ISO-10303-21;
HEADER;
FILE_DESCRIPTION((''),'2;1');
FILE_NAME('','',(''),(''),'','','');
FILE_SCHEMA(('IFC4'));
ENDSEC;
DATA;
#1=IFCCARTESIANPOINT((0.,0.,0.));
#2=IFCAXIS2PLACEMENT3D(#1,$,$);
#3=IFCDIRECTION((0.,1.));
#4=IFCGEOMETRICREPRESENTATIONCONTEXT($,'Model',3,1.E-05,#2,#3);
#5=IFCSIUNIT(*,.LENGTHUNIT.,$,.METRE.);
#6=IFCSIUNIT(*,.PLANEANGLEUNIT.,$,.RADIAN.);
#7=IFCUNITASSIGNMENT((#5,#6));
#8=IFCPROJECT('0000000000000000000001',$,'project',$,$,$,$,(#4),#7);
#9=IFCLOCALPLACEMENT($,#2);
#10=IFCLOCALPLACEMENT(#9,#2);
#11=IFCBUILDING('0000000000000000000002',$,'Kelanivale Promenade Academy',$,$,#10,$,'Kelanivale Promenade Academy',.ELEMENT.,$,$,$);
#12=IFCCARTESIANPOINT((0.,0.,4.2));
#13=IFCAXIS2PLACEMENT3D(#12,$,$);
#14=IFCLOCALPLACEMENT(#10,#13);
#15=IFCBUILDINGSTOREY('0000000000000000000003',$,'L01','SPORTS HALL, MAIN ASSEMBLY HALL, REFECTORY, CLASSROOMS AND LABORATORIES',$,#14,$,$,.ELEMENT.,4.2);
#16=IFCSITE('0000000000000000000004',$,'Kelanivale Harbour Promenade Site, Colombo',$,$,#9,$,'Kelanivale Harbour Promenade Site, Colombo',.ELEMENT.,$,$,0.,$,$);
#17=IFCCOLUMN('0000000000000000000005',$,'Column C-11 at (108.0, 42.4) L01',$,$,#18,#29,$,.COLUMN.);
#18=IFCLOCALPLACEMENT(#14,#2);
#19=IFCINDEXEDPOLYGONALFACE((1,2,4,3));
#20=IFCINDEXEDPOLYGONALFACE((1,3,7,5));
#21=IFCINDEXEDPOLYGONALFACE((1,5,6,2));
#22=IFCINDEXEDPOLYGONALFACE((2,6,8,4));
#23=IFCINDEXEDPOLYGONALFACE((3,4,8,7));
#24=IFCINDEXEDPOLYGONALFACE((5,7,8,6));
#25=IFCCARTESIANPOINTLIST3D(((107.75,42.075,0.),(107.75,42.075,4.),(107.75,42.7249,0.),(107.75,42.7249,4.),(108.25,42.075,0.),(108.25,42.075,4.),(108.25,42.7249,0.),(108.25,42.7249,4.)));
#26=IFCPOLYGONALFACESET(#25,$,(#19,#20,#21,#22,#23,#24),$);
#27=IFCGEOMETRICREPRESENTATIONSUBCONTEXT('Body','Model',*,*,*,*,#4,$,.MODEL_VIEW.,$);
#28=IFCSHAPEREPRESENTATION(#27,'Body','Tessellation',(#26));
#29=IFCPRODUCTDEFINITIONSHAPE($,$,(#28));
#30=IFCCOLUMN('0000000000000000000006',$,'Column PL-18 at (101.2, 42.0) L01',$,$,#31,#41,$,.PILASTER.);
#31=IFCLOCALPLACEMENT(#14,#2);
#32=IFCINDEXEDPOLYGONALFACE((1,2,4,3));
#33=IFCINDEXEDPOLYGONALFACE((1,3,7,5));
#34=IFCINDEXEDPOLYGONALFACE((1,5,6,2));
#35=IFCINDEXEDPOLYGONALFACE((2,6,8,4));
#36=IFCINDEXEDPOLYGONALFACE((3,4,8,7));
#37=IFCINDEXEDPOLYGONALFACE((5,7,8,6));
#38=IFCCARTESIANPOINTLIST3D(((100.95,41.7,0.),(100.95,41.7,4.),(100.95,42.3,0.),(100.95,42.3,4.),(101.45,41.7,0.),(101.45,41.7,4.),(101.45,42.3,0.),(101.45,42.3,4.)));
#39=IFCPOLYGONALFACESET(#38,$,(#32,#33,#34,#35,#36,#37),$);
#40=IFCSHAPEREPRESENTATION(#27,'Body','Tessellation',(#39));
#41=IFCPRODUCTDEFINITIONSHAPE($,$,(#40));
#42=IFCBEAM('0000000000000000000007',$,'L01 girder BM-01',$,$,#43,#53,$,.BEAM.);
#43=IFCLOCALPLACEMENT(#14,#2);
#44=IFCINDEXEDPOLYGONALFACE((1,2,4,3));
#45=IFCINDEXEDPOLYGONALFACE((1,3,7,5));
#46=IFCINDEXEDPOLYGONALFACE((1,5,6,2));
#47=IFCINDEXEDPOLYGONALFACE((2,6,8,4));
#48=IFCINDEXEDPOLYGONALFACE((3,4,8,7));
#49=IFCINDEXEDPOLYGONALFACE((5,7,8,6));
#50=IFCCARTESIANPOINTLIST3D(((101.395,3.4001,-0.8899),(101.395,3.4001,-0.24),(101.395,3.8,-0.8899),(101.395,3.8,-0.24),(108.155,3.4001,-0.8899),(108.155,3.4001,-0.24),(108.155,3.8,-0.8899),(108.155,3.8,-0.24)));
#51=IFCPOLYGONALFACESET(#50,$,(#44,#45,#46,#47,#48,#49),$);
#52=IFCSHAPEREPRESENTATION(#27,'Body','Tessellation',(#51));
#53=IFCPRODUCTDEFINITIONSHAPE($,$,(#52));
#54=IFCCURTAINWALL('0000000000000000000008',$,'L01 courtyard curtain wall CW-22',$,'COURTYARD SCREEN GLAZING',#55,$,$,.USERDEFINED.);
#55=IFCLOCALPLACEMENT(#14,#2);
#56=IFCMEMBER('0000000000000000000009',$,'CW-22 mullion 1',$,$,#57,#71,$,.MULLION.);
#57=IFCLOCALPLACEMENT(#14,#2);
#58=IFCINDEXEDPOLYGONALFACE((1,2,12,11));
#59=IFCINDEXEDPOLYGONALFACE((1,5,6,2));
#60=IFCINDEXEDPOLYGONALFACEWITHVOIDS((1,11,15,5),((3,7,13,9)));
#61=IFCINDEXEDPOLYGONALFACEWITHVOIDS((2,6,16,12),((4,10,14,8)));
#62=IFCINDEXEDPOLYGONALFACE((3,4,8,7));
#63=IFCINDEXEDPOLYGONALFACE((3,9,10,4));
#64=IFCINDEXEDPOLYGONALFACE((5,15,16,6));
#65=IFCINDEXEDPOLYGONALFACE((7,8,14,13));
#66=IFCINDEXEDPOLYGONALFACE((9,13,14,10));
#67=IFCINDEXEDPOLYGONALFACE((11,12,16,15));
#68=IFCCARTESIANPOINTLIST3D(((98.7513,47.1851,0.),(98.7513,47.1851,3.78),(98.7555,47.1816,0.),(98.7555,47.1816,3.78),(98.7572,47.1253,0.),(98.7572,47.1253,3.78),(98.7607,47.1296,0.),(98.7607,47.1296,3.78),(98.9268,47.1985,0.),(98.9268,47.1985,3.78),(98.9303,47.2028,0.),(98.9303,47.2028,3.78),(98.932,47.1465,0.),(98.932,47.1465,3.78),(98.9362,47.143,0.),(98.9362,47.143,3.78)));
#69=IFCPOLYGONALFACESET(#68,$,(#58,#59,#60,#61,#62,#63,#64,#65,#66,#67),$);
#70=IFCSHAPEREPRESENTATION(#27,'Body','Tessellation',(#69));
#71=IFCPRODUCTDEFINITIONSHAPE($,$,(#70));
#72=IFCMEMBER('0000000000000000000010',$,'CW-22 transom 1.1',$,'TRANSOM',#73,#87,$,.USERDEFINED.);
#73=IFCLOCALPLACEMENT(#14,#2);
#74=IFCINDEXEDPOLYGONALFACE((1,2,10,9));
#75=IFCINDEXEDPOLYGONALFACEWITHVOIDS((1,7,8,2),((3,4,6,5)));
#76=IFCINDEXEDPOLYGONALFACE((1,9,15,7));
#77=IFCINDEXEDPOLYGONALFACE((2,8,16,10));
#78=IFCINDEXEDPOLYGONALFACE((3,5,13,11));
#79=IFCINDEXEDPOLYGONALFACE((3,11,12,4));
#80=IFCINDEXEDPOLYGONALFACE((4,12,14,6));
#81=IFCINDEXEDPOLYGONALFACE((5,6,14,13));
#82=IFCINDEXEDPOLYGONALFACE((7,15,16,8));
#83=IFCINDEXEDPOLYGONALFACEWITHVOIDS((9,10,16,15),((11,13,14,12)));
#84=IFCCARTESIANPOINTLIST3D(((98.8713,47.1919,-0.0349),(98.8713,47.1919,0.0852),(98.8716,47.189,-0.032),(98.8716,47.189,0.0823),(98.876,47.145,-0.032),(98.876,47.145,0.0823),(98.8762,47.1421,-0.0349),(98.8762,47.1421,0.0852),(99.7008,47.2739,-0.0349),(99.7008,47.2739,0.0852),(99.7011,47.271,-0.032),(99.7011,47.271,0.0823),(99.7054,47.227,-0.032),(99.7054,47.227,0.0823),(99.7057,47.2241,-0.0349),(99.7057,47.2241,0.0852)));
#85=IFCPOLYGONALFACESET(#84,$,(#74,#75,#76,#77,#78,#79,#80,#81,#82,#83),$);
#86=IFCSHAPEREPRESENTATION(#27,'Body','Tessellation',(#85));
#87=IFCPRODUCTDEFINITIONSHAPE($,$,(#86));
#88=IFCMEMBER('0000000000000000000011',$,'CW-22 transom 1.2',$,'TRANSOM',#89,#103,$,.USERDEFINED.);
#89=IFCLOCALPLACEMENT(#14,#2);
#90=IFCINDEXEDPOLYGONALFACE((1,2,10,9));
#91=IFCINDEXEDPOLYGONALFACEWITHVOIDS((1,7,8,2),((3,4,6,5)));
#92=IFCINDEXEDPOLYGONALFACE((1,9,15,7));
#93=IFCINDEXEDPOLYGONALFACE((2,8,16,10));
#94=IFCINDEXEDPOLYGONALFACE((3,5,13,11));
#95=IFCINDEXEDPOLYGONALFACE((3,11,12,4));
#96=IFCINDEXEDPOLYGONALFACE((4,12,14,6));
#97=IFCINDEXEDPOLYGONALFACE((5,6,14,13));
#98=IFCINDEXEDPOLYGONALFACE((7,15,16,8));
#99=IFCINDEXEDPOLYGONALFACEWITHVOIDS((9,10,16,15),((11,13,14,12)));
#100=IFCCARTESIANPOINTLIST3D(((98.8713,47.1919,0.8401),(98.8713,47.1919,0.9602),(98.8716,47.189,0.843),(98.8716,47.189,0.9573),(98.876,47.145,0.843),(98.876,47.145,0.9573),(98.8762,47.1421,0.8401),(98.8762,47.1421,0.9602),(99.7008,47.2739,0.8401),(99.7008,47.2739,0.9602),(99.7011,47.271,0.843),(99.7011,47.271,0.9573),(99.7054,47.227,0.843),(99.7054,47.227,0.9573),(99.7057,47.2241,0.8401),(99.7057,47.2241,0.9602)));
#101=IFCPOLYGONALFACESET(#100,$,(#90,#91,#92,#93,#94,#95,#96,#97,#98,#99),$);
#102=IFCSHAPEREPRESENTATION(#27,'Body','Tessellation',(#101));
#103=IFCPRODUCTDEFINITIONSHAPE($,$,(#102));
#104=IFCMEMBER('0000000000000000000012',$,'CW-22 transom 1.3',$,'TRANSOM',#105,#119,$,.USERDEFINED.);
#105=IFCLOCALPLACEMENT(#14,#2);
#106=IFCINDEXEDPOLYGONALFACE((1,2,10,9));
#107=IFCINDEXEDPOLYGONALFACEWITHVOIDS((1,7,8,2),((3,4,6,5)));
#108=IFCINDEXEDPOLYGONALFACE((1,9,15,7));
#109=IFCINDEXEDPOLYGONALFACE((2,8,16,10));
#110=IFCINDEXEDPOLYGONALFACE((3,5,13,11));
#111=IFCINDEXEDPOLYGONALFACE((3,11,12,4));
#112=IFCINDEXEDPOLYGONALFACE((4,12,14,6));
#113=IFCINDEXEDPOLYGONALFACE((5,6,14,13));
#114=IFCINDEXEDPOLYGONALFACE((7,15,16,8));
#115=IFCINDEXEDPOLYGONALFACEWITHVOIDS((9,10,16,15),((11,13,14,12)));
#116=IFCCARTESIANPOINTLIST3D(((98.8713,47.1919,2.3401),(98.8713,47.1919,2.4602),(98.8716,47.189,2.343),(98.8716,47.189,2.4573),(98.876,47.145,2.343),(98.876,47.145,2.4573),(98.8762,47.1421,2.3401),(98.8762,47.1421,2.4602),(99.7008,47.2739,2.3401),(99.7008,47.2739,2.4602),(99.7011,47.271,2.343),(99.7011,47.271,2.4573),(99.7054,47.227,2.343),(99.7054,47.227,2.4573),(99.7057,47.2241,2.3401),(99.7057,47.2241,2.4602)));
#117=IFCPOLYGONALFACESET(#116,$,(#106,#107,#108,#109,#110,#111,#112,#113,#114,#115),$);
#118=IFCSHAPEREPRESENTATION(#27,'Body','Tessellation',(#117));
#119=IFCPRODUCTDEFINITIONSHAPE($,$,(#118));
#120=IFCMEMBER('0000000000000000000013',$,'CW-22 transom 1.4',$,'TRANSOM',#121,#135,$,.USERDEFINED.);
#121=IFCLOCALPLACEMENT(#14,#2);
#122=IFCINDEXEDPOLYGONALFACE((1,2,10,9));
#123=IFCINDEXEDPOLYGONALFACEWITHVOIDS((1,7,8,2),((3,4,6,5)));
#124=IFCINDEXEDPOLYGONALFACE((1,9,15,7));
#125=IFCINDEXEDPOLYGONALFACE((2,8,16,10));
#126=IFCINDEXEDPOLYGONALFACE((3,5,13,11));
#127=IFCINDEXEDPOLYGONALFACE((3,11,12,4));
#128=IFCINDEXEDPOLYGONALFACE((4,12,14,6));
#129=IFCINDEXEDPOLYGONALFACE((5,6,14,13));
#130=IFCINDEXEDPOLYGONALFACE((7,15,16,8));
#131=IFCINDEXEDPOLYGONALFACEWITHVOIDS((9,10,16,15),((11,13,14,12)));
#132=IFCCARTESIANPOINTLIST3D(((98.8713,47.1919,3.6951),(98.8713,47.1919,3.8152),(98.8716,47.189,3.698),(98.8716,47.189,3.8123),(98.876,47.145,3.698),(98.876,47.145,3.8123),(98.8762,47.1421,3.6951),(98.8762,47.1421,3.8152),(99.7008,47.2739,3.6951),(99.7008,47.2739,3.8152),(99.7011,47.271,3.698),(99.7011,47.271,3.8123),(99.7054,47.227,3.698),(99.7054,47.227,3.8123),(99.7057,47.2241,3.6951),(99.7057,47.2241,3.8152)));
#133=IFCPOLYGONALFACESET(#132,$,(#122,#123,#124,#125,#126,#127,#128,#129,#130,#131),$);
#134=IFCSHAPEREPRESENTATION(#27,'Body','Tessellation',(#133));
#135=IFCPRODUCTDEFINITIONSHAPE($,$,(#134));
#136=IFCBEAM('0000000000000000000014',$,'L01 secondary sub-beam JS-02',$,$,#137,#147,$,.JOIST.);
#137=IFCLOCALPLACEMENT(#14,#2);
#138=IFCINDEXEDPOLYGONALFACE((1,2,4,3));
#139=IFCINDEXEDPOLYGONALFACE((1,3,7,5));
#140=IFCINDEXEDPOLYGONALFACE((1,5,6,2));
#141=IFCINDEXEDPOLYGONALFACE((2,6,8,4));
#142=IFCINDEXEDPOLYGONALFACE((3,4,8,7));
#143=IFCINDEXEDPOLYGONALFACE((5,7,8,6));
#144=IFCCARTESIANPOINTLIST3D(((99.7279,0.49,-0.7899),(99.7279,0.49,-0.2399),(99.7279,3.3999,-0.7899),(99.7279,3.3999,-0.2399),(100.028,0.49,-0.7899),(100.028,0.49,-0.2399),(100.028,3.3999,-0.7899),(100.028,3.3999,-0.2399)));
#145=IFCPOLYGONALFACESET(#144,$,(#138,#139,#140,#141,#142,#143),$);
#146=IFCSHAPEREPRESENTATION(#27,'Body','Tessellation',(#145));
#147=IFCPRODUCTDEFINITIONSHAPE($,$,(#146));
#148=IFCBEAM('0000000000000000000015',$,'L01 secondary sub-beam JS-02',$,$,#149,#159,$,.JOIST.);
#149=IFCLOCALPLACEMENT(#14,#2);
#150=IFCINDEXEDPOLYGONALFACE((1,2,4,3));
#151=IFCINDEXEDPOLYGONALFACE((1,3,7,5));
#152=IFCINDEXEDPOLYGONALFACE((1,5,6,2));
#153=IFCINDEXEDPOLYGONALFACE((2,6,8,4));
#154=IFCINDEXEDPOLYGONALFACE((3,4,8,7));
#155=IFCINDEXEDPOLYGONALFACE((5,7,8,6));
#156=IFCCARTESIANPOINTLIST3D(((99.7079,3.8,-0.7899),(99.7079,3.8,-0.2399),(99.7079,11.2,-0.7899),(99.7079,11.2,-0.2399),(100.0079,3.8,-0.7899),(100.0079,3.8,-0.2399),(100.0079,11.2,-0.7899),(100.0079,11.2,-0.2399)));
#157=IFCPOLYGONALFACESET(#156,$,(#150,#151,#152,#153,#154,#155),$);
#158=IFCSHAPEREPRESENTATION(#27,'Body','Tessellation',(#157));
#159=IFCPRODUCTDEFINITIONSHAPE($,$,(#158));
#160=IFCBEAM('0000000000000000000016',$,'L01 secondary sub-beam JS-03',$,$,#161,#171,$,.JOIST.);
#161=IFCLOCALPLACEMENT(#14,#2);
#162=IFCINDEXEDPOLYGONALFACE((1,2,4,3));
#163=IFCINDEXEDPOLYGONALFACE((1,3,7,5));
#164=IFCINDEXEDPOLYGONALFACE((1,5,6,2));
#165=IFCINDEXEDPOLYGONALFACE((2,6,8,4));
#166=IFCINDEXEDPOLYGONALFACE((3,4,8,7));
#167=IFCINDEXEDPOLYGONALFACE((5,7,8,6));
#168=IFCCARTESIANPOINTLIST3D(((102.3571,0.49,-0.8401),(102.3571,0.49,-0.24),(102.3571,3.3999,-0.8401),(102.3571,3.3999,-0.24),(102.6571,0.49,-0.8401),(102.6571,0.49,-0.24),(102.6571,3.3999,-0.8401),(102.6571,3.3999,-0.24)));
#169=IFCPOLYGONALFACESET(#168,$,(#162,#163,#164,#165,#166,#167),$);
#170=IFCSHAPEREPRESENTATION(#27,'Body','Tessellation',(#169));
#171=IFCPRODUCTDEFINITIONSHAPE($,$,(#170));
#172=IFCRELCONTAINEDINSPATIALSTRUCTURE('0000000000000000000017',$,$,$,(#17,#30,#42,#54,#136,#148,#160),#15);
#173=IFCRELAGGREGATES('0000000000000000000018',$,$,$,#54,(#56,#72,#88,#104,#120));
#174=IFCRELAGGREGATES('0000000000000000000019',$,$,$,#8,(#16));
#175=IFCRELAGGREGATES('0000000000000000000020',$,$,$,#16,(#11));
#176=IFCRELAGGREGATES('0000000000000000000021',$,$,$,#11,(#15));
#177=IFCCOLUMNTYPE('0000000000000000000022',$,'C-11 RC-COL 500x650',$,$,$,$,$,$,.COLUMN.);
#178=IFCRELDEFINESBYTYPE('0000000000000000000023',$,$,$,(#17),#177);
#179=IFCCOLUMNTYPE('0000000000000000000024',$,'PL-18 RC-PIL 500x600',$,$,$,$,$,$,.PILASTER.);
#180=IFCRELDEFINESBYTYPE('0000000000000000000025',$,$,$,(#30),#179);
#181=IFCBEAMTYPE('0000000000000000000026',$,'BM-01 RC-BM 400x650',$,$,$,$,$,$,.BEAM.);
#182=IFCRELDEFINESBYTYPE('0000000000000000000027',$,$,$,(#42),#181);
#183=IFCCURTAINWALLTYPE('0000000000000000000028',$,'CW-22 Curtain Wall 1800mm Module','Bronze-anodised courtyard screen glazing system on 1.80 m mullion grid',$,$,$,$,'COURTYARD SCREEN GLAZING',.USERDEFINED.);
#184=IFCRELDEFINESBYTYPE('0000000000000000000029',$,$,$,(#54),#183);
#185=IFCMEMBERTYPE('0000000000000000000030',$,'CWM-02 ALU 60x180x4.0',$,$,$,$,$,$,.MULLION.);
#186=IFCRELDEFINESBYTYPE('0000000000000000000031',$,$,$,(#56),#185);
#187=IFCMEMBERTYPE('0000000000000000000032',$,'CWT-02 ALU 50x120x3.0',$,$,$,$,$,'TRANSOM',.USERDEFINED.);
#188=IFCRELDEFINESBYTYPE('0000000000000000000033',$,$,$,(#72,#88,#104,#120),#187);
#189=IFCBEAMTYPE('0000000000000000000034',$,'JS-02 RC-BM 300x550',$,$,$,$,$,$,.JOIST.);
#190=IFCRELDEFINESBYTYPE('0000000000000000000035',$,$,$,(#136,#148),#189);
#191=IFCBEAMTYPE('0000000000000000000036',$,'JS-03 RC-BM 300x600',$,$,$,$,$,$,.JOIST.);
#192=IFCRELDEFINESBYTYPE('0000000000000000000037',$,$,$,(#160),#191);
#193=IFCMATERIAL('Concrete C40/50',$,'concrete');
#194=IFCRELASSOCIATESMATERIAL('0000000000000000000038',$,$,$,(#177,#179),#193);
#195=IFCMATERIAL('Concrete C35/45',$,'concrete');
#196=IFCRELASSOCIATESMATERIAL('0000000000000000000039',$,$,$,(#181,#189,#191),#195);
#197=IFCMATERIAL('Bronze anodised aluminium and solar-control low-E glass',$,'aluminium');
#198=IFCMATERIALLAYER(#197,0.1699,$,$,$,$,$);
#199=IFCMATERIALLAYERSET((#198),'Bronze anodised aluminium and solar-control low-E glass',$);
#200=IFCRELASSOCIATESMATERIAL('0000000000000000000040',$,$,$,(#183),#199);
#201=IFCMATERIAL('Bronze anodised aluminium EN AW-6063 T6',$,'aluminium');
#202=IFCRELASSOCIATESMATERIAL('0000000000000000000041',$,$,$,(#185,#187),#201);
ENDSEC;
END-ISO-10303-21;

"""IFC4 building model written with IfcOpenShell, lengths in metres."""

from ifc_helpers import new_model, si_unit, direction, frame, origin, origin_2d, place, context, subcontext, project, spatial, rectangle, hollow_rectangle, extrude, material, layer, layer_set, material_profile, profile_set, type_object, element, aggregate, save


model = new_model("IFC4")

# Units and contexts
model_context = context("Model", 3, precision=1e-05, world=origin(), true_north=direction((0.0, 1.0)))
body_context = subcontext(model_context, "Body", "Model", "MODEL_VIEW")
ifc_project = project(units=[si_unit("LENGTHUNIT", "METRE"), si_unit("PLANEANGLEUNIT", "RADIAN")], contexts=[model_context])

# Site, building, storey
site_placement = place(None, origin())
site = spatial("IfcSite", under=ifc_project, at=site_placement, Name="Kelanivale Harbour Promenade Site, Colombo", LongName="Kelanivale Harbour Promenade Site, Colombo", CompositionType="ELEMENT", RefElevation=0.0)
building_placement = place(site_placement, origin())
building = spatial("IfcBuilding", under=site, at=building_placement, Name="Kelanivale Promenade Academy", LongName="Kelanivale Promenade Academy", CompositionType="ELEMENT")
storey_placement = place(building_placement, frame((0.0, 0.0, 4.2)))
storey = spatial("IfcBuildingStorey", under=building, at=storey_placement, Name="L01", Description="SPORTS HALL, MAIN ASSEMBLY HALL, REFECTORY, CLASSROOMS AND LABORATORIES", CompositionType="ELEMENT", Elevation=4.2)

# Columns
ifc_material_1 = material(Name="Concrete C40/50", Category="concrete")
ifc_material_profile_1 = material_profile(ifc_material_1, rectangle(XDim=0.5, YDim=0.6499, at=origin_2d()), Name="RC-COL 500x650")
ifc_profile_set_1 = profile_set([ifc_material_profile_1], Name="Concrete C40/50")
column_type_1 = type_object("IfcColumnType", Name="C-11 RC-COL 500x650", PredefinedType="COLUMN", material=ifc_profile_set_1)
column_1_placement = place(storey_placement, frame((108.0, 42.3999, 0.0), z_axis=(0.0, 0.0, 1.0), x_axis=(1.0, 0.0, 0.0)))
element("IfcColumn", 1, at=column_1_placement, inside=storey, type_object=column_type_1, Name="Column C-11 at (108.0, 42.4) L01", PredefinedType="COLUMN", context=body_context, shape_type="SweptSolid", body=[
    extrude(rectangle(XDim=0.5, YDim=0.6499, at=origin_2d()), origin(), (0.0, 0.0, 1.0), 4.0),
])
ifc_material_profile_2 = material_profile(ifc_material_1, rectangle(XDim=0.5, YDim=0.6001, at=origin_2d()), Name="RC-PIL 500x600")
ifc_profile_set_2 = profile_set([ifc_material_profile_2], Name="Concrete C40/50")
column_type_2 = type_object("IfcColumnType", Name="PL-18 RC-PIL 500x600", PredefinedType="PILASTER", material=ifc_profile_set_2)
column_2_placement = place(storey_placement, frame((101.2, 42.0, 0.0), z_axis=(0.0, 0.0, 1.0), x_axis=(1.0, 0.0, 0.0)))
element("IfcColumn", 2, at=column_2_placement, inside=storey, type_object=column_type_2, Name="Column PL-18 at (101.2, 42.0) L01", PredefinedType="PILASTER", context=body_context, shape_type="SweptSolid", body=[
    extrude(rectangle(XDim=0.5, YDim=0.6001, at=origin_2d()), origin(), (0.0, 0.0, 1.0), 4.0),
])

# Beam
ifc_material_2 = material(Name="Concrete C35/45", Category="concrete")
ifc_material_profile_3 = material_profile(ifc_material_2, rectangle(XDim=0.3999, YDim=0.6499, at=origin_2d()), Name="RC-BM 400x650")
ifc_profile_set_3 = profile_set([ifc_material_profile_3], Name="Concrete C35/45")
beam_type_1 = type_object("IfcBeamType", Name="BM-01 RC-BM 400x650", PredefinedType="BEAM", material=ifc_profile_set_3)
beam_1_placement = place(storey_placement, frame((101.395, 3.6001, -0.5649), z_axis=(1.0, 0.0, 0.0), x_axis=(0.0, 1.0, 0.0)))
element("IfcBeam", 3, at=beam_1_placement, inside=storey, type_object=beam_type_1, Name="L01 girder BM-01", PredefinedType="BEAM", context=body_context, shape_type="SweptSolid", body=[
    extrude(rectangle(XDim=0.3999, YDim=0.6499, at=origin_2d()), origin(), (0.0, 0.0, 1.0), 6.76),
])

# Curtain wall, members
ifc_material_3 = material(Name="Bronze anodised aluminium and solar-control low-E glass", Category="aluminium")
ifc_layer_1 = layer(ifc_material_3, 0.1699)
ifc_layer_set_1 = layer_set([ifc_layer_1], Name="Bronze anodised aluminium and solar-control low-E glass")
curtain_wall_type = type_object("IfcCurtainWallType", Name="CW-22 Curtain Wall 1800mm Module", Description="Bronze-anodised courtyard screen glazing system on 1.80 m mullion grid", ElementType="COURTYARD SCREEN GLAZING", PredefinedType="USERDEFINED", material=ifc_layer_set_1)
curtain_wall_placement = place(storey_placement, origin())
curtain_wall = element("IfcCurtainWall", 4, at=curtain_wall_placement, inside=storey, type_object=curtain_wall_type, Name="L01 courtyard curtain wall CW-22", ObjectType="COURTYARD SCREEN GLAZING", PredefinedType="USERDEFINED")
ifc_material_4 = material(Name="Bronze anodised aluminium EN AW-6063 T6", Category="aluminium")
ifc_material_profile_4 = material_profile(ifc_material_4, hollow_rectangle(XDim=0.0601, YDim=0.1799, WallThickness=0.0039, at=origin_2d()), Name="ALU 60x180x4.0")
ifc_profile_set_4 = profile_set([ifc_material_profile_4], Name="Bronze anodised aluminium EN AW-6063 T6")
member_type_1 = type_object("IfcMemberType", Name="CWM-02 ALU 60x180x4.0", PredefinedType="MULLION", material=ifc_profile_set_4)
member_1_placement = place(storey_placement, frame((98.8438, 47.1641, 0.0), z_axis=(0.0, 0.0, 1.0), x_axis=(-0.098539, 0.995133, 0.0)))
member_1 = element("IfcMember", 5, at=member_1_placement, type_object=member_type_1, Name="CW-22 mullion 1", PredefinedType="MULLION", context=body_context, shape_type="SweptSolid", body=[
    extrude(hollow_rectangle(XDim=0.0601, YDim=0.1799, WallThickness=0.0039, at=origin_2d()), origin(), (0.0, 0.0, 1.0), 3.78),
])
ifc_material_profile_5 = material_profile(ifc_material_4, hollow_rectangle(XDim=0.05, YDim=0.1201, WallThickness=0.0029, at=origin_2d()), Name="ALU 50x120x3.0")
ifc_profile_set_5 = profile_set([ifc_material_profile_5], Name="Bronze anodised aluminium EN AW-6063 T6")
member_type_2 = type_object("IfcMemberType", Name="CWT-02 ALU 50x120x3.0", ElementType="TRANSOM", PredefinedType="USERDEFINED", material=ifc_profile_set_5)
member_2_placement = place(storey_placement, frame((98.8738, 47.167, 0.0251), z_axis=(0.995144, 0.09843, 0.0), x_axis=(-0.09843, 0.995144, 0.0)))
member_2 = element("IfcMember", 6, at=member_2_placement, type_object=member_type_2, Name="CW-22 transom 1.1", ObjectType="TRANSOM", PredefinedType="USERDEFINED", context=body_context, shape_type="SweptSolid", body=[
    extrude(hollow_rectangle(XDim=0.05, YDim=0.1201, WallThickness=0.0029, at=origin_2d()), origin(), (0.0, 0.0, 1.0), 0.8335),
])
member_3_placement = place(storey_placement, frame((98.8738, 47.167, 0.9001), z_axis=(0.995144, 0.09843, 0.0), x_axis=(-0.09843, 0.995144, 0.0)))
member_3 = element("IfcMember", 7, at=member_3_placement, type_object=member_type_2, Name="CW-22 transom 1.2", ObjectType="TRANSOM", PredefinedType="USERDEFINED", context=body_context, shape_type="SweptSolid", body=[
    extrude(hollow_rectangle(XDim=0.05, YDim=0.1201, WallThickness=0.0029, at=origin_2d()), origin(), (0.0, 0.0, 1.0), 0.8335),
])
member_4_placement = place(storey_placement, frame((98.8738, 47.167, 2.4001), z_axis=(0.995144, 0.09843, 0.0), x_axis=(-0.09843, 0.995144, 0.0)))
member_4 = element("IfcMember", 8, at=member_4_placement, type_object=member_type_2, Name="CW-22 transom 1.3", ObjectType="TRANSOM", PredefinedType="USERDEFINED", context=body_context, shape_type="SweptSolid", body=[
    extrude(hollow_rectangle(XDim=0.05, YDim=0.1201, WallThickness=0.0029, at=origin_2d()), origin(), (0.0, 0.0, 1.0), 0.8335),
])
member_5_placement = place(storey_placement, frame((98.8738, 47.167, 3.7551), z_axis=(0.995144, 0.09843, 0.0), x_axis=(-0.09843, 0.995144, 0.0)))
member_5 = element("IfcMember", 9, at=member_5_placement, type_object=member_type_2, Name="CW-22 transom 1.4", ObjectType="TRANSOM", PredefinedType="USERDEFINED", context=body_context, shape_type="SweptSolid", body=[
    extrude(hollow_rectangle(XDim=0.05, YDim=0.1201, WallThickness=0.0029, at=origin_2d()), origin(), (0.0, 0.0, 1.0), 0.8335),
])

# Beams
ifc_material_profile_6 = material_profile(ifc_material_2, rectangle(XDim=0.3, YDim=0.55, at=origin_2d()), Name="RC-BM 300x550")
ifc_profile_set_6 = profile_set([ifc_material_profile_6], Name="Concrete C35/45")
beam_type_2 = type_object("IfcBeamType", Name="JS-02 RC-BM 300x550", PredefinedType="JOIST", material=ifc_profile_set_6)
beam_2_placement = place(storey_placement, frame((99.8779, 0.49, -0.5149), z_axis=(0.0, 1.0, 0.0), x_axis=(-1.0, 0.0, 0.0)))
element("IfcBeam", 10, at=beam_2_placement, inside=storey, type_object=beam_type_2, Name="L01 secondary sub-beam JS-02", PredefinedType="JOIST", context=body_context, shape_type="SweptSolid", body=[
    extrude(rectangle(XDim=0.3, YDim=0.55, at=origin_2d()), origin(), (0.0, 0.0, 1.0), 2.9099),
])
beam_3_placement = place(storey_placement, frame((99.8579, 3.8, -0.5149), z_axis=(0.0, 1.0, 0.0), x_axis=(-1.0, 0.0, 0.0)))
element("IfcBeam", 11, at=beam_3_placement, inside=storey, type_object=beam_type_2, Name="L01 secondary sub-beam JS-02", PredefinedType="JOIST", context=body_context, shape_type="SweptSolid", body=[
    extrude(rectangle(XDim=0.3, YDim=0.55, at=origin_2d()), origin(), (0.0, 0.0, 1.0), 7.3999),
])
ifc_material_profile_7 = material_profile(ifc_material_2, rectangle(XDim=0.3, YDim=0.6001, at=origin_2d()), Name="RC-BM 300x600")
ifc_profile_set_7 = profile_set([ifc_material_profile_7], Name="Concrete C35/45")
beam_type_3 = type_object("IfcBeamType", Name="JS-03 RC-BM 300x600", PredefinedType="JOIST", material=ifc_profile_set_7)
beam_4_placement = place(storey_placement, frame((102.5071, 0.49, -0.54), z_axis=(0.0, 1.0, 0.0), x_axis=(-1.0, 0.0, 0.0)))
element("IfcBeam", 12, at=beam_4_placement, inside=storey, type_object=beam_type_3, Name="L01 secondary sub-beam JS-03", PredefinedType="JOIST", context=body_context, shape_type="SweptSolid", body=[
    extrude(rectangle(XDim=0.3, YDim=0.6001, at=origin_2d()), origin(), (0.0, 0.0, 1.0), 2.9099),
])

aggregate(curtain_wall, [member_1, member_2, member_3, member_4, member_5])

save(model, "model.ifc")
